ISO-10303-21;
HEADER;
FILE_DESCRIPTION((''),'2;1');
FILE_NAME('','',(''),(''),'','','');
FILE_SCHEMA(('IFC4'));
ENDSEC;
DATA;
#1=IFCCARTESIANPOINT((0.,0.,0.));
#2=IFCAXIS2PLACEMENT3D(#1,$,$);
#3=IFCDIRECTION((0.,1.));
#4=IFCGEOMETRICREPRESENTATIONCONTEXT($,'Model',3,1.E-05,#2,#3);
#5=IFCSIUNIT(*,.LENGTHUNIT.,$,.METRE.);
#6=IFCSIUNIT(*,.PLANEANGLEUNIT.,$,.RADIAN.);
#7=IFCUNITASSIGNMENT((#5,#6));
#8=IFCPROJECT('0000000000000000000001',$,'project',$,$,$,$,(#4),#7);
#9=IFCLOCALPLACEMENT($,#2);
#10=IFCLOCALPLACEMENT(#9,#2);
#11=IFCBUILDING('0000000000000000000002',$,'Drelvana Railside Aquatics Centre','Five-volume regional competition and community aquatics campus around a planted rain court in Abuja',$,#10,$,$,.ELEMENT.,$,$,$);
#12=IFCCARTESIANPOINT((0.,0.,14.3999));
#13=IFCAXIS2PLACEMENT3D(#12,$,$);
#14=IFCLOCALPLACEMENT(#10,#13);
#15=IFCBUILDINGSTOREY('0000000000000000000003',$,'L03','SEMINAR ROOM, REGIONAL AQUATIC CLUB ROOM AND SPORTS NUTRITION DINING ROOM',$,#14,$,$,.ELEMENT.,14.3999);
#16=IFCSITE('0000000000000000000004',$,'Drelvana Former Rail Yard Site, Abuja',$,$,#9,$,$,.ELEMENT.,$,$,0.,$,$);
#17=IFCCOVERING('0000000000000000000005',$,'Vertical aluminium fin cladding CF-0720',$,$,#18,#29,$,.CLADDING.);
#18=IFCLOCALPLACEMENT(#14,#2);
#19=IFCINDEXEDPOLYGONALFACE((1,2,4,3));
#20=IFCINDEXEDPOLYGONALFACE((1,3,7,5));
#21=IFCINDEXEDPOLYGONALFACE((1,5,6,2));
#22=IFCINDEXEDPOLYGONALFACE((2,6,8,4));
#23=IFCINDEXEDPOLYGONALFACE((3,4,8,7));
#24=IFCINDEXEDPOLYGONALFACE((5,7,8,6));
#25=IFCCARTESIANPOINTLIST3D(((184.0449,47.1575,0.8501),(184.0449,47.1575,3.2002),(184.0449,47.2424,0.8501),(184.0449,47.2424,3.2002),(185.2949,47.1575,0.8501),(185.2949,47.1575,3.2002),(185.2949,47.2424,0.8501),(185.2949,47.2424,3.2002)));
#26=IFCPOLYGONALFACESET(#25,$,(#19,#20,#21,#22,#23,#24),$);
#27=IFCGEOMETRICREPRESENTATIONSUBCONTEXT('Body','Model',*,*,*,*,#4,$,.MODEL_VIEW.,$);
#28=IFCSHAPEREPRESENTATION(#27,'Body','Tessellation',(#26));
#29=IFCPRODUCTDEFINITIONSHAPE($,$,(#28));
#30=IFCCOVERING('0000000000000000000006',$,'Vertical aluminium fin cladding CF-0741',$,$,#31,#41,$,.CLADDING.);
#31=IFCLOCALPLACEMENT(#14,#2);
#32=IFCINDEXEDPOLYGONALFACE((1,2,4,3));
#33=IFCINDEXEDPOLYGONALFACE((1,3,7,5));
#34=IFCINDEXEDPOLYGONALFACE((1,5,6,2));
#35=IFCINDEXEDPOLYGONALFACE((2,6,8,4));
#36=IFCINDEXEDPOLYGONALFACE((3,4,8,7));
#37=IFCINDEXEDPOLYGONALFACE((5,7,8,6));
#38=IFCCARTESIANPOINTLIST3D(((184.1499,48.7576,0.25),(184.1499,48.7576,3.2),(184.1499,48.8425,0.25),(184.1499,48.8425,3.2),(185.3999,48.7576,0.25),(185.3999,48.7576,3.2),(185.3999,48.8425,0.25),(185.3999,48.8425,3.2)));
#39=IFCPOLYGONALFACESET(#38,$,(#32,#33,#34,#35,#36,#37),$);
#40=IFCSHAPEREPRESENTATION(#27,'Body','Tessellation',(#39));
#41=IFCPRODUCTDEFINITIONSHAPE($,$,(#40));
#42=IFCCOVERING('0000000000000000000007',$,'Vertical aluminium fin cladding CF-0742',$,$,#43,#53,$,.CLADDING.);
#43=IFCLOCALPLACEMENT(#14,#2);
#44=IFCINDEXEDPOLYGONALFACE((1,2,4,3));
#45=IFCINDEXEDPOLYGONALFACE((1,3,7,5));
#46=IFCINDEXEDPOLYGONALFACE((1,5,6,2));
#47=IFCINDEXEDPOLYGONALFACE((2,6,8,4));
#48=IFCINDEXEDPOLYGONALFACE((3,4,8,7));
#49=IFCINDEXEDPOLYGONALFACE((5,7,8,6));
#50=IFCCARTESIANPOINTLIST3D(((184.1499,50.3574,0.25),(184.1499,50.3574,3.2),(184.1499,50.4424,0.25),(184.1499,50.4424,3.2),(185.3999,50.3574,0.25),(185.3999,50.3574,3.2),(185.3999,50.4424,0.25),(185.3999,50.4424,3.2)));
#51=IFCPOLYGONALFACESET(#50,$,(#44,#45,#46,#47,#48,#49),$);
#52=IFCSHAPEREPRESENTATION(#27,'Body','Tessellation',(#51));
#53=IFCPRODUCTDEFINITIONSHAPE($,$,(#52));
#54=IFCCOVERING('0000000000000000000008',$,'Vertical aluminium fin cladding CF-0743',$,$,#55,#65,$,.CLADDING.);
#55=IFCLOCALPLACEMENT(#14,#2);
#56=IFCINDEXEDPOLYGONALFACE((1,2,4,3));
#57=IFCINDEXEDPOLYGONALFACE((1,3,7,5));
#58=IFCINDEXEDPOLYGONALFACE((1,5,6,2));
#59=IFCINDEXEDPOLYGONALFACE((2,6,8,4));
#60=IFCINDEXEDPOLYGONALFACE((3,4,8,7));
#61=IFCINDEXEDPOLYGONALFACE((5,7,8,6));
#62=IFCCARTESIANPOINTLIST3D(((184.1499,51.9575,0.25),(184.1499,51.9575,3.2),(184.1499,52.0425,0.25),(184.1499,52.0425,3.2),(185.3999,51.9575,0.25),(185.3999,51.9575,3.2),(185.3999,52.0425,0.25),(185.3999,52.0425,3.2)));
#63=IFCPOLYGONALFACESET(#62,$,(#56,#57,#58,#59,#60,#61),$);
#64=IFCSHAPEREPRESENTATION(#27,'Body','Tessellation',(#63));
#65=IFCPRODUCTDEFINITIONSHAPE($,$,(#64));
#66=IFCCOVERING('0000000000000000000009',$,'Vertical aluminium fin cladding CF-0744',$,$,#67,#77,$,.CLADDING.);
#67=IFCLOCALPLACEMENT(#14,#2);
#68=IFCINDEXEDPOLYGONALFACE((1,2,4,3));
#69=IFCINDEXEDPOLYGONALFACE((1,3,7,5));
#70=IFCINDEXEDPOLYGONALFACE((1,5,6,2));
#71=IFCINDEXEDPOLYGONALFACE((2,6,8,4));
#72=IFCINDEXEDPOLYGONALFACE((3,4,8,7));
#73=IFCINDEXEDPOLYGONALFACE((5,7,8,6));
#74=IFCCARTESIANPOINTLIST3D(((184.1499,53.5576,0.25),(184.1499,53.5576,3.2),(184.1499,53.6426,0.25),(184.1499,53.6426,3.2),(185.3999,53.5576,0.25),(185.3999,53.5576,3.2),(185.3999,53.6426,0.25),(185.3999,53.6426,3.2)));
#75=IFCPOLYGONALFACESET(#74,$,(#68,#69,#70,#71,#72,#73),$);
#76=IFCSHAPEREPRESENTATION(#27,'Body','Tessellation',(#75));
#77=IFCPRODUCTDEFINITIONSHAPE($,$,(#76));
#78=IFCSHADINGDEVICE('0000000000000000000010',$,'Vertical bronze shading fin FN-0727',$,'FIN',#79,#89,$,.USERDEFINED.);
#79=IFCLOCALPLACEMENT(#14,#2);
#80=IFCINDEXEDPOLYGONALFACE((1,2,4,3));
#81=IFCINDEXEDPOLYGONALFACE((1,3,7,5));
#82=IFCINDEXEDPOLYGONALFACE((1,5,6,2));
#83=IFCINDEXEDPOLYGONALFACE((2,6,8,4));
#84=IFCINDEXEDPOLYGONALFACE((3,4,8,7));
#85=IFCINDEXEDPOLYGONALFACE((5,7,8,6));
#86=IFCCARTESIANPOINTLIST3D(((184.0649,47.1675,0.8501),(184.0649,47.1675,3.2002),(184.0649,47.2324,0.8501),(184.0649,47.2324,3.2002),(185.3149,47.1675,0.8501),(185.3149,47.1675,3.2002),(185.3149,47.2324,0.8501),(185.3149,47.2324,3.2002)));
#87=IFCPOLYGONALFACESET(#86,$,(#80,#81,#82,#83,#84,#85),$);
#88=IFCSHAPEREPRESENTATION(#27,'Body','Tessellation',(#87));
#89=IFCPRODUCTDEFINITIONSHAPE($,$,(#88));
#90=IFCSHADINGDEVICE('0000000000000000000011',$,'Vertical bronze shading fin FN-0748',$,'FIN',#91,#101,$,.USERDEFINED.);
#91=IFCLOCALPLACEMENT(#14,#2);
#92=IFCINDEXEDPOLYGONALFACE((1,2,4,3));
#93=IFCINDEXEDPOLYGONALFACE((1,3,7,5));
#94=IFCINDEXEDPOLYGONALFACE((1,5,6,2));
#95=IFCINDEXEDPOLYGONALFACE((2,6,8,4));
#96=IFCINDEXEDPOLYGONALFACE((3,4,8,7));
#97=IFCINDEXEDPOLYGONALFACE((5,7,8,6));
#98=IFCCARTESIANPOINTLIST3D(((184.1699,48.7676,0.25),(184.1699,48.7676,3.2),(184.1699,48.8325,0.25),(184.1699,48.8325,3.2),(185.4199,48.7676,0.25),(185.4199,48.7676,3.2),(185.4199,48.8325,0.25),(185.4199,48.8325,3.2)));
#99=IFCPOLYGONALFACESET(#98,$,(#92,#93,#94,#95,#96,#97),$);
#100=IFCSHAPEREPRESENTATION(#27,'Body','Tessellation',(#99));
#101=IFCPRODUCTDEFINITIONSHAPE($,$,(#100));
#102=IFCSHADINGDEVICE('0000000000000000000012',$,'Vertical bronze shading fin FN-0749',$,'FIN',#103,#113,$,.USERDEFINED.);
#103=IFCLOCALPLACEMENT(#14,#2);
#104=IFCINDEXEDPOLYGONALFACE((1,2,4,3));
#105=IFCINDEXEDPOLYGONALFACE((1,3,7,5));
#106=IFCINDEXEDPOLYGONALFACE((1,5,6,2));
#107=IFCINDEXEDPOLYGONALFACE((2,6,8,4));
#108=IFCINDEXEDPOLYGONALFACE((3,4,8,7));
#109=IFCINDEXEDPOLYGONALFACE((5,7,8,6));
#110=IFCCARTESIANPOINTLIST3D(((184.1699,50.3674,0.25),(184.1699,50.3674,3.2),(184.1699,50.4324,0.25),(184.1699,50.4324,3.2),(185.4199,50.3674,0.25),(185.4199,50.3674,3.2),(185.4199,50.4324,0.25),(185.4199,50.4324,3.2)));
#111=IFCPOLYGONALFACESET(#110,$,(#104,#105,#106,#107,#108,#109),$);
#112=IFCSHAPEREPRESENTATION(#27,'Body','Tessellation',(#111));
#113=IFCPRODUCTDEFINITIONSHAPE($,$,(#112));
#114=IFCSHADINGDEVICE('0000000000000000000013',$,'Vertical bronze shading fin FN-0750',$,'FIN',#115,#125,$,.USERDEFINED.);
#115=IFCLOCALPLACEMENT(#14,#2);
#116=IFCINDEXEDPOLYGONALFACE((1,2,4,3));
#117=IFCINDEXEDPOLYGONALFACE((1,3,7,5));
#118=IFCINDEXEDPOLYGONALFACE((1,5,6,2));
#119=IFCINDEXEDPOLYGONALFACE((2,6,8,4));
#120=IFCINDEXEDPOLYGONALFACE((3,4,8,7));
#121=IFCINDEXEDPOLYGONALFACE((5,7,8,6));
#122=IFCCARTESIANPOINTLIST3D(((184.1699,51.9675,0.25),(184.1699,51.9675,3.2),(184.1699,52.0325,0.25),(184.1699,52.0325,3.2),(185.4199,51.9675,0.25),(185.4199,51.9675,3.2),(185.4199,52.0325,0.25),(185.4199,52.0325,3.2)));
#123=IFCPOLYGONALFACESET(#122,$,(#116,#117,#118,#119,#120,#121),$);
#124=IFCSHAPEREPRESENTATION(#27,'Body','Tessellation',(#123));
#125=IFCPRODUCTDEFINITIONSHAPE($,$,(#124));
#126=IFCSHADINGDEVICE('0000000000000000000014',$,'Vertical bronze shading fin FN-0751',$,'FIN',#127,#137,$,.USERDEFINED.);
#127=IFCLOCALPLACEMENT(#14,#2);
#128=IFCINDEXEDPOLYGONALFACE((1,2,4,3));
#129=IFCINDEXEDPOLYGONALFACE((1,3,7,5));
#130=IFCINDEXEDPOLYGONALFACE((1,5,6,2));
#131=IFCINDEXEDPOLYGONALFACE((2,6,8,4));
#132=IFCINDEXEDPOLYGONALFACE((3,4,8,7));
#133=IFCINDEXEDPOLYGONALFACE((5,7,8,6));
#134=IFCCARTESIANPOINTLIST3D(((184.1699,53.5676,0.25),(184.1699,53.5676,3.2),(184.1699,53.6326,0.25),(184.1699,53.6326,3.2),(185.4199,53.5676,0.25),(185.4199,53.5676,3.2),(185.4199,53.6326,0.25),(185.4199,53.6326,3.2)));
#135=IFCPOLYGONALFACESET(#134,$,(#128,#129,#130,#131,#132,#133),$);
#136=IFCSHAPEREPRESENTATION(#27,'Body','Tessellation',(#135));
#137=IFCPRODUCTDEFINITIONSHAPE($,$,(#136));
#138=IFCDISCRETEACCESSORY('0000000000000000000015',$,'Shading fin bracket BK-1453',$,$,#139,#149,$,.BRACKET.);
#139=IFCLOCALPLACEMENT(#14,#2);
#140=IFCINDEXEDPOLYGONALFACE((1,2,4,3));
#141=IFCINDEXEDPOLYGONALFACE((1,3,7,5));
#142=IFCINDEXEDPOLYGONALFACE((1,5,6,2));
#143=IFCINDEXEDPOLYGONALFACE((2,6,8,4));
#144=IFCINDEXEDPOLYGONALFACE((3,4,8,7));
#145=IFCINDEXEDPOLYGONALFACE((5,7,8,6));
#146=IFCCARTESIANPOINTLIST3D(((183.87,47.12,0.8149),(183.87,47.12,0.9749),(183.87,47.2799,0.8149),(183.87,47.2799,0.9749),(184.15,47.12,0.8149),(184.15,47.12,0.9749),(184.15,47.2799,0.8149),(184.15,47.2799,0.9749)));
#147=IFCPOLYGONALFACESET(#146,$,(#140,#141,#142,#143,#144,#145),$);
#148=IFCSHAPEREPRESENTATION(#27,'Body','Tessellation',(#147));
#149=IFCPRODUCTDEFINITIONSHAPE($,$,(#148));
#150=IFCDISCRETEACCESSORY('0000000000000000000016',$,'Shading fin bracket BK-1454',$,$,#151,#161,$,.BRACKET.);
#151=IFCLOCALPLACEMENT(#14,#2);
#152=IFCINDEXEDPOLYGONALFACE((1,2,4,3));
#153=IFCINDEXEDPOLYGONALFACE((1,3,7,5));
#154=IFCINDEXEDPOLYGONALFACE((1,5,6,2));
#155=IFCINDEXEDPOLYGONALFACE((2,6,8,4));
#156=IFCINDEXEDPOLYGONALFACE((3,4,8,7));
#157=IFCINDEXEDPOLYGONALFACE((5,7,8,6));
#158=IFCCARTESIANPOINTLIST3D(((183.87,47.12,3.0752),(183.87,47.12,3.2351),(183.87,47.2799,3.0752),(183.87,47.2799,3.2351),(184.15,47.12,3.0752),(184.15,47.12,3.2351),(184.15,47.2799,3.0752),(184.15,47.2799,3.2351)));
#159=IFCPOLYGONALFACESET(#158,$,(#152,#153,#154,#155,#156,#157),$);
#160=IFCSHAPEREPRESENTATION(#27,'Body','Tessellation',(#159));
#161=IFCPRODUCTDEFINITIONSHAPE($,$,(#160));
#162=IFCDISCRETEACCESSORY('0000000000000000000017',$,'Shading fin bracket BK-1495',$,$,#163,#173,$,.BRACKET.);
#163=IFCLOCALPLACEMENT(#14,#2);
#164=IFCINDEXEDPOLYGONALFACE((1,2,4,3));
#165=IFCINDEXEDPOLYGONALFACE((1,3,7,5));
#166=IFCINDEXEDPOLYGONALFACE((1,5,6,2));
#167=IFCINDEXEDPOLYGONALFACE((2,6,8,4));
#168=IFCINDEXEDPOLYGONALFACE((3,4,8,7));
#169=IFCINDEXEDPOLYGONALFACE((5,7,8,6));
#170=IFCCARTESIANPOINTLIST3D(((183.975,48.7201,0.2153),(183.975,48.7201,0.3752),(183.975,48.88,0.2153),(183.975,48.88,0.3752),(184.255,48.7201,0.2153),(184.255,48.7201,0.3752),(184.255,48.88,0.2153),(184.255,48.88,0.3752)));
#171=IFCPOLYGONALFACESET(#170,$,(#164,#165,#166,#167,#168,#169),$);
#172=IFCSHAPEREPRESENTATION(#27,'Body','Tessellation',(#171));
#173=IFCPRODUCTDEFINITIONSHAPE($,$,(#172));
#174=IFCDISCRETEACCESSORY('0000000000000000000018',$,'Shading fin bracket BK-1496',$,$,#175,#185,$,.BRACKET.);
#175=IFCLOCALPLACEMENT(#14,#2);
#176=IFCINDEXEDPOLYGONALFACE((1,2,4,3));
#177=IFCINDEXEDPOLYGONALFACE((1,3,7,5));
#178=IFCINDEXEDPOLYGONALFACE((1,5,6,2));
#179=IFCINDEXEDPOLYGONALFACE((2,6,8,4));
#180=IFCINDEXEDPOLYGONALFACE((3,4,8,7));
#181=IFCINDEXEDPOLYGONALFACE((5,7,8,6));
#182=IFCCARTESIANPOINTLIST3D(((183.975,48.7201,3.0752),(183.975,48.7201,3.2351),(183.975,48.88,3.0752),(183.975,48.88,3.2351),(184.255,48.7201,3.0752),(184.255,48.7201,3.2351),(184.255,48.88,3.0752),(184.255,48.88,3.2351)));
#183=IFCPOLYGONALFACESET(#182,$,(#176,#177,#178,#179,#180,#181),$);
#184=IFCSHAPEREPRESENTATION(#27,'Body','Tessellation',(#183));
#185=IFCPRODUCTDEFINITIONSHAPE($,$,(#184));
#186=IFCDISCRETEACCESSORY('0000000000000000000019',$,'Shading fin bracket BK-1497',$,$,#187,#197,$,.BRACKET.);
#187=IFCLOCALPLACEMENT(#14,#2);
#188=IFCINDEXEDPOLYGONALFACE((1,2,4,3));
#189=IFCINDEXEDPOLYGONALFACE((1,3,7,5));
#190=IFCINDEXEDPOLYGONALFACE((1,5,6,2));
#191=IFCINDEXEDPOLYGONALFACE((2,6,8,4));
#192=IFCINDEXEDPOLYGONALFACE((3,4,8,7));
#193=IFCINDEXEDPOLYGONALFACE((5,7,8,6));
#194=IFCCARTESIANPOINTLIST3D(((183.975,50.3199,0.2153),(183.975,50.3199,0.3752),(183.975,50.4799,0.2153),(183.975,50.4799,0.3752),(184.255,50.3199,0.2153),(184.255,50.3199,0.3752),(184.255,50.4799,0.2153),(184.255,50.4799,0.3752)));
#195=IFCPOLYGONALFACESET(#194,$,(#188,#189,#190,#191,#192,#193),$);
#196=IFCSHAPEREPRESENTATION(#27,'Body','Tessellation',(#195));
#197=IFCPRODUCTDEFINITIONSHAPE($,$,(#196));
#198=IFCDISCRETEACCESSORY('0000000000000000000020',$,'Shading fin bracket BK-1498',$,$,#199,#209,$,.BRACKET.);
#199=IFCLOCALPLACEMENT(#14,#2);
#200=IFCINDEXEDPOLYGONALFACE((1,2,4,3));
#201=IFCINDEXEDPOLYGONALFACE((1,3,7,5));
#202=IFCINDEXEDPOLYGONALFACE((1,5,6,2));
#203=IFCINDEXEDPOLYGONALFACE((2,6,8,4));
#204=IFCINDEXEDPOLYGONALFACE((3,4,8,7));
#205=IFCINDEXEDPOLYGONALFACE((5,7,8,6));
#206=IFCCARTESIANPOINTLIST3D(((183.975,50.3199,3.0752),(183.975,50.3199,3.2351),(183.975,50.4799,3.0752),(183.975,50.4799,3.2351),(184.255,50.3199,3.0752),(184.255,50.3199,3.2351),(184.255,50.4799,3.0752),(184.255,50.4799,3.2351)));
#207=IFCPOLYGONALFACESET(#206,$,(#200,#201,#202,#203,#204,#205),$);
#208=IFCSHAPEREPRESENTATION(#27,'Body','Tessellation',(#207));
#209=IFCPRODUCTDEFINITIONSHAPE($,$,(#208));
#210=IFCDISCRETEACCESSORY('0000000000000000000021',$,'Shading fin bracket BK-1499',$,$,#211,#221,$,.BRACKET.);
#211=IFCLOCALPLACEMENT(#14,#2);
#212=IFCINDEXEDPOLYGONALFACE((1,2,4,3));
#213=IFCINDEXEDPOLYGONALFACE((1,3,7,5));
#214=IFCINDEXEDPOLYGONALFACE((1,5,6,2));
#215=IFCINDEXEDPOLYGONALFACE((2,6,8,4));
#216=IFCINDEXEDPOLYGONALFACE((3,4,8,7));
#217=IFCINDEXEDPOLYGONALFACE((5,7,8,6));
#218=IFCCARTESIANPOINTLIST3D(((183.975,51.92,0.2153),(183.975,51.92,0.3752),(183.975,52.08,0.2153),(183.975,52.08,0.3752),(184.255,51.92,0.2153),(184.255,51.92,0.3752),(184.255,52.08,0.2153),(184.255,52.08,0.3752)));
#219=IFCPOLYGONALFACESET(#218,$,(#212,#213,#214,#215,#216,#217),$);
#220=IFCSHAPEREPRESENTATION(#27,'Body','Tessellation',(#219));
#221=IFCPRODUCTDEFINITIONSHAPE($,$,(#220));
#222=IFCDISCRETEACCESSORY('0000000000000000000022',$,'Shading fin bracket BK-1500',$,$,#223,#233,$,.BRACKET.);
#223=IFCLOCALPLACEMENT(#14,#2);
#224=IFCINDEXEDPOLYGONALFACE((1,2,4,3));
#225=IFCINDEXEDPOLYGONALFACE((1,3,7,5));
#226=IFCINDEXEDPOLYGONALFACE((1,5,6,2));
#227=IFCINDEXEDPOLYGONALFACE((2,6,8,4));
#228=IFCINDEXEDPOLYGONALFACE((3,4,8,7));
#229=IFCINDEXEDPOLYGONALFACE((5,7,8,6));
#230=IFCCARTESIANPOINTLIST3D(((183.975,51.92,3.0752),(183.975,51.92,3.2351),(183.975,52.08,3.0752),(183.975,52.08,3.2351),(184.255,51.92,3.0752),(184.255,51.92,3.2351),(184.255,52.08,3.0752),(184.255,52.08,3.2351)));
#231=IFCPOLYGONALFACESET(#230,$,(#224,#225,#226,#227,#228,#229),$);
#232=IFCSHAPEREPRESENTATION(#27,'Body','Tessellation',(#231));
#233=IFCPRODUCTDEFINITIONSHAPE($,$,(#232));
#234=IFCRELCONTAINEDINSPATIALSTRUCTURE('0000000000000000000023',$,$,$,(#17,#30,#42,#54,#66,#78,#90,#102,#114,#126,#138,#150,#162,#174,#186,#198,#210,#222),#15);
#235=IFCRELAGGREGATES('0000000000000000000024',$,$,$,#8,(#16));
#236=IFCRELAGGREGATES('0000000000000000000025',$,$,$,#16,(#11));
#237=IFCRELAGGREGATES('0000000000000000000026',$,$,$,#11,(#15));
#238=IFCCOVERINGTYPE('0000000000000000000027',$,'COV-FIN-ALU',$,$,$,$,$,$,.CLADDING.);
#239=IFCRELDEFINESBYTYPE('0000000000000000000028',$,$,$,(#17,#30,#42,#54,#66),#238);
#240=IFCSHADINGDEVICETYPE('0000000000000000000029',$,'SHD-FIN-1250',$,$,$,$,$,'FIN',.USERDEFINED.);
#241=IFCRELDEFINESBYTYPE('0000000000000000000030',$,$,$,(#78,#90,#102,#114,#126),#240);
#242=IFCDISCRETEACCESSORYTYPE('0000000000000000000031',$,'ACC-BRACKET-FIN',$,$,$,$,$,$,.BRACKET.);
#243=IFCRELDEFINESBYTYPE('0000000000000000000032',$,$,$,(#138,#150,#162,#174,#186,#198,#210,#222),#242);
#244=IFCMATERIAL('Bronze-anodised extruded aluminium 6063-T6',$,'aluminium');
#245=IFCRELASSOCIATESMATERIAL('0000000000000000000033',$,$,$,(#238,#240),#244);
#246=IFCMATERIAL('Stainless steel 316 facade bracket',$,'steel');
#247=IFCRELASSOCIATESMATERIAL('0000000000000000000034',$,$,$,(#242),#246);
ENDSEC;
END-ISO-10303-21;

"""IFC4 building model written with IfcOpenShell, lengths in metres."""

from ifc_helpers import new_model, si_unit, direction, frame, origin, origin_2d, place, context, subcontext, project, spatial, rectangle, extrude, material, type_object, element, save


model = new_model("IFC4")

# Units and contexts
model_context = context("Model", 3, precision=1e-05, world=origin(), true_north=direction((0.0, 1.0)))
body_context = subcontext(model_context, "Body", "Model", "MODEL_VIEW")
ifc_project = project(units=[si_unit("LENGTHUNIT", "METRE"), si_unit("PLANEANGLEUNIT", "RADIAN")], contexts=[model_context])

# Site, building, storey
site_placement = place(None, origin())
site = spatial("IfcSite", under=ifc_project, at=site_placement, Name="Drelvana Former Rail Yard Site, Abuja", CompositionType="ELEMENT", RefElevation=0.0)
building_placement = place(site_placement, origin())
building = spatial("IfcBuilding", under=site, at=building_placement, Name="Drelvana Railside Aquatics Centre", Description="Five-volume regional competition and community aquatics campus around a planted rain court in Abuja", CompositionType="ELEMENT")
storey_placement = place(building_placement, frame((0.0, 0.0, 14.3999)))
storey = spatial("IfcBuildingStorey", under=building, at=storey_placement, Name="L03", Description="SEMINAR ROOM, REGIONAL AQUATIC CLUB ROOM AND SPORTS NUTRITION DINING ROOM", CompositionType="ELEMENT", Elevation=14.3999)

# Coverings
ifc_material_1 = material(Name="Bronze-anodised extruded aluminium 6063-T6", Category="aluminium")
covering_type = type_object("IfcCoveringType", Name="COV-FIN-ALU", PredefinedType="CLADDING", material=ifc_material_1)
covering_placement = place(storey_placement, frame((184.6699, 47.2, 0.8501), z_axis=(0.0, 0.0, 1.0), x_axis=(0.0, -1.0, 0.0)))
element("IfcCovering", 1, at=covering_placement, inside=storey, type_object=covering_type, Name="Vertical aluminium fin cladding CF-0720", PredefinedType="CLADDING", context=body_context, shape_type="SweptSolid", body=[
    extrude(rectangle(XDim=0.085, YDim=1.25, at=origin_2d()), origin(), (0.0, 0.0, 1.0), 2.3501),
])
for number, where, z_axis, x_axis, name in (
    (2, (184.7749, 48.8, 0.25), (0.0, 0.0, 1.0), (0.0, -1.0, 0.0), "Vertical aluminium fin cladding CF-0741"),
    (3, (184.7749, 50.3999, 0.25), (0.0, 0.0, 1.0), (0.0, -1.0, 0.0), "Vertical aluminium fin cladding CF-0742"),
    (4, (184.7749, 52.0, 0.25), (0.0, 0.0, 1.0), (0.0, -1.0, 0.0), "Vertical aluminium fin cladding CF-0743"),
    (5, (184.7749, 53.6001, 0.25), (0.0, 0.0, 1.0), (0.0, -1.0, 0.0), "Vertical aluminium fin cladding CF-0744"),
):
    element("IfcCovering", number, at=place(storey_placement, frame(where, z_axis=z_axis, x_axis=x_axis)), inside=storey, type_object=covering_type, Name=name, PredefinedType="CLADDING", context=body_context, shape_type="SweptSolid", body=[
        extrude(rectangle(XDim=0.085, YDim=1.25, at=origin_2d()), origin(), (0.0, 0.0, 1.0), 2.95),
    ])

# Shading devices
shading_device_type = type_object("IfcShadingDeviceType", Name="SHD-FIN-1250", ElementType="FIN", PredefinedType="USERDEFINED", material=ifc_material_1)
shading_device_placement = place(storey_placement, frame((184.6899, 47.2, 0.8501), z_axis=(0.0, 0.0, 1.0), x_axis=(1.0, 0.0, 0.0)))
element("IfcShadingDevice", 6, at=shading_device_placement, inside=storey, type_object=shading_device_type, Name="Vertical bronze shading fin FN-0727", ObjectType="FIN", PredefinedType="USERDEFINED", context=body_context, shape_type="SweptSolid", body=[
    extrude(rectangle(XDim=1.25, YDim=0.0649, at=origin_2d()), origin(), (0.0, 0.0, 1.0), 2.3501),
])
for number, where, z_axis, x_axis, name in (
    (7, (184.7949, 48.8, 0.25), (0.0, 0.0, 1.0), (1.0, 0.0, 0.0), "Vertical bronze shading fin FN-0748"),
    (8, (184.7949, 50.3999, 0.25), (0.0, 0.0, 1.0), (1.0, 0.0, 0.0), "Vertical bronze shading fin FN-0749"),
    (9, (184.7949, 52.0, 0.25), (0.0, 0.0, 1.0), (1.0, 0.0, 0.0), "Vertical bronze shading fin FN-0750"),
    (10, (184.7949, 53.6001, 0.25), (0.0, 0.0, 1.0), (1.0, 0.0, 0.0), "Vertical bronze shading fin FN-0751"),
):
    element("IfcShadingDevice", number, at=place(storey_placement, frame(where, z_axis=z_axis, x_axis=x_axis)), inside=storey, type_object=shading_device_type, Name=name, ObjectType="FIN", PredefinedType="USERDEFINED", context=body_context, shape_type="SweptSolid", body=[
        extrude(rectangle(XDim=1.25, YDim=0.0649, at=origin_2d()), origin(), (0.0, 0.0, 1.0), 2.95),
    ])

# Discrete accessories
ifc_material_2 = material(Name="Stainless steel 316 facade bracket", Category="steel")
discrete_accessory_type = type_object("IfcDiscreteAccessoryType", Name="ACC-BRACKET-FIN", PredefinedType="BRACKET", material=ifc_material_2)
for number, where, z_axis, x_axis, name in (
    (11, (184.01, 47.2, 0.8149), (0.0, 0.0, 1.0), (1.0, 0.0, 0.0), "Shading fin bracket BK-1453"),
    (12, (184.01, 47.2, 3.0752), (0.0, 0.0, 1.0), (1.0, 0.0, 0.0), "Shading fin bracket BK-1454"),
    (13, (184.115, 48.8, 0.2153), (0.0, 0.0, 1.0), (1.0, 0.0, 0.0), "Shading fin bracket BK-1495"),
    (14, (184.115, 48.8, 3.0752), (0.0, 0.0, 1.0), (1.0, 0.0, 0.0), "Shading fin bracket BK-1496"),
    (15, (184.115, 50.3999, 0.2153), (0.0, 0.0, 1.0), (1.0, 0.0, 0.0), "Shading fin bracket BK-1497"),
    (16, (184.115, 50.3999, 3.0752), (0.0, 0.0, 1.0), (1.0, 0.0, 0.0), "Shading fin bracket BK-1498"),
    (17, (184.115, 52.0, 0.2153), (0.0, 0.0, 1.0), (1.0, 0.0, 0.0), "Shading fin bracket BK-1499"),
    (18, (184.115, 52.0, 3.0752), (0.0, 0.0, 1.0), (1.0, 0.0, 0.0), "Shading fin bracket BK-1500"),
):
    element("IfcDiscreteAccessory", number, at=place(storey_placement, frame(where, z_axis=z_axis, x_axis=x_axis)), inside=storey, type_object=discrete_accessory_type, Name=name, PredefinedType="BRACKET", context=body_context, shape_type="SweptSolid", body=[
        extrude(rectangle(XDim=0.28, YDim=0.1599, at=origin_2d()), origin(), (0.0, 0.0, 1.0), 0.1599),
    ])

save(model, "model.ifc")
